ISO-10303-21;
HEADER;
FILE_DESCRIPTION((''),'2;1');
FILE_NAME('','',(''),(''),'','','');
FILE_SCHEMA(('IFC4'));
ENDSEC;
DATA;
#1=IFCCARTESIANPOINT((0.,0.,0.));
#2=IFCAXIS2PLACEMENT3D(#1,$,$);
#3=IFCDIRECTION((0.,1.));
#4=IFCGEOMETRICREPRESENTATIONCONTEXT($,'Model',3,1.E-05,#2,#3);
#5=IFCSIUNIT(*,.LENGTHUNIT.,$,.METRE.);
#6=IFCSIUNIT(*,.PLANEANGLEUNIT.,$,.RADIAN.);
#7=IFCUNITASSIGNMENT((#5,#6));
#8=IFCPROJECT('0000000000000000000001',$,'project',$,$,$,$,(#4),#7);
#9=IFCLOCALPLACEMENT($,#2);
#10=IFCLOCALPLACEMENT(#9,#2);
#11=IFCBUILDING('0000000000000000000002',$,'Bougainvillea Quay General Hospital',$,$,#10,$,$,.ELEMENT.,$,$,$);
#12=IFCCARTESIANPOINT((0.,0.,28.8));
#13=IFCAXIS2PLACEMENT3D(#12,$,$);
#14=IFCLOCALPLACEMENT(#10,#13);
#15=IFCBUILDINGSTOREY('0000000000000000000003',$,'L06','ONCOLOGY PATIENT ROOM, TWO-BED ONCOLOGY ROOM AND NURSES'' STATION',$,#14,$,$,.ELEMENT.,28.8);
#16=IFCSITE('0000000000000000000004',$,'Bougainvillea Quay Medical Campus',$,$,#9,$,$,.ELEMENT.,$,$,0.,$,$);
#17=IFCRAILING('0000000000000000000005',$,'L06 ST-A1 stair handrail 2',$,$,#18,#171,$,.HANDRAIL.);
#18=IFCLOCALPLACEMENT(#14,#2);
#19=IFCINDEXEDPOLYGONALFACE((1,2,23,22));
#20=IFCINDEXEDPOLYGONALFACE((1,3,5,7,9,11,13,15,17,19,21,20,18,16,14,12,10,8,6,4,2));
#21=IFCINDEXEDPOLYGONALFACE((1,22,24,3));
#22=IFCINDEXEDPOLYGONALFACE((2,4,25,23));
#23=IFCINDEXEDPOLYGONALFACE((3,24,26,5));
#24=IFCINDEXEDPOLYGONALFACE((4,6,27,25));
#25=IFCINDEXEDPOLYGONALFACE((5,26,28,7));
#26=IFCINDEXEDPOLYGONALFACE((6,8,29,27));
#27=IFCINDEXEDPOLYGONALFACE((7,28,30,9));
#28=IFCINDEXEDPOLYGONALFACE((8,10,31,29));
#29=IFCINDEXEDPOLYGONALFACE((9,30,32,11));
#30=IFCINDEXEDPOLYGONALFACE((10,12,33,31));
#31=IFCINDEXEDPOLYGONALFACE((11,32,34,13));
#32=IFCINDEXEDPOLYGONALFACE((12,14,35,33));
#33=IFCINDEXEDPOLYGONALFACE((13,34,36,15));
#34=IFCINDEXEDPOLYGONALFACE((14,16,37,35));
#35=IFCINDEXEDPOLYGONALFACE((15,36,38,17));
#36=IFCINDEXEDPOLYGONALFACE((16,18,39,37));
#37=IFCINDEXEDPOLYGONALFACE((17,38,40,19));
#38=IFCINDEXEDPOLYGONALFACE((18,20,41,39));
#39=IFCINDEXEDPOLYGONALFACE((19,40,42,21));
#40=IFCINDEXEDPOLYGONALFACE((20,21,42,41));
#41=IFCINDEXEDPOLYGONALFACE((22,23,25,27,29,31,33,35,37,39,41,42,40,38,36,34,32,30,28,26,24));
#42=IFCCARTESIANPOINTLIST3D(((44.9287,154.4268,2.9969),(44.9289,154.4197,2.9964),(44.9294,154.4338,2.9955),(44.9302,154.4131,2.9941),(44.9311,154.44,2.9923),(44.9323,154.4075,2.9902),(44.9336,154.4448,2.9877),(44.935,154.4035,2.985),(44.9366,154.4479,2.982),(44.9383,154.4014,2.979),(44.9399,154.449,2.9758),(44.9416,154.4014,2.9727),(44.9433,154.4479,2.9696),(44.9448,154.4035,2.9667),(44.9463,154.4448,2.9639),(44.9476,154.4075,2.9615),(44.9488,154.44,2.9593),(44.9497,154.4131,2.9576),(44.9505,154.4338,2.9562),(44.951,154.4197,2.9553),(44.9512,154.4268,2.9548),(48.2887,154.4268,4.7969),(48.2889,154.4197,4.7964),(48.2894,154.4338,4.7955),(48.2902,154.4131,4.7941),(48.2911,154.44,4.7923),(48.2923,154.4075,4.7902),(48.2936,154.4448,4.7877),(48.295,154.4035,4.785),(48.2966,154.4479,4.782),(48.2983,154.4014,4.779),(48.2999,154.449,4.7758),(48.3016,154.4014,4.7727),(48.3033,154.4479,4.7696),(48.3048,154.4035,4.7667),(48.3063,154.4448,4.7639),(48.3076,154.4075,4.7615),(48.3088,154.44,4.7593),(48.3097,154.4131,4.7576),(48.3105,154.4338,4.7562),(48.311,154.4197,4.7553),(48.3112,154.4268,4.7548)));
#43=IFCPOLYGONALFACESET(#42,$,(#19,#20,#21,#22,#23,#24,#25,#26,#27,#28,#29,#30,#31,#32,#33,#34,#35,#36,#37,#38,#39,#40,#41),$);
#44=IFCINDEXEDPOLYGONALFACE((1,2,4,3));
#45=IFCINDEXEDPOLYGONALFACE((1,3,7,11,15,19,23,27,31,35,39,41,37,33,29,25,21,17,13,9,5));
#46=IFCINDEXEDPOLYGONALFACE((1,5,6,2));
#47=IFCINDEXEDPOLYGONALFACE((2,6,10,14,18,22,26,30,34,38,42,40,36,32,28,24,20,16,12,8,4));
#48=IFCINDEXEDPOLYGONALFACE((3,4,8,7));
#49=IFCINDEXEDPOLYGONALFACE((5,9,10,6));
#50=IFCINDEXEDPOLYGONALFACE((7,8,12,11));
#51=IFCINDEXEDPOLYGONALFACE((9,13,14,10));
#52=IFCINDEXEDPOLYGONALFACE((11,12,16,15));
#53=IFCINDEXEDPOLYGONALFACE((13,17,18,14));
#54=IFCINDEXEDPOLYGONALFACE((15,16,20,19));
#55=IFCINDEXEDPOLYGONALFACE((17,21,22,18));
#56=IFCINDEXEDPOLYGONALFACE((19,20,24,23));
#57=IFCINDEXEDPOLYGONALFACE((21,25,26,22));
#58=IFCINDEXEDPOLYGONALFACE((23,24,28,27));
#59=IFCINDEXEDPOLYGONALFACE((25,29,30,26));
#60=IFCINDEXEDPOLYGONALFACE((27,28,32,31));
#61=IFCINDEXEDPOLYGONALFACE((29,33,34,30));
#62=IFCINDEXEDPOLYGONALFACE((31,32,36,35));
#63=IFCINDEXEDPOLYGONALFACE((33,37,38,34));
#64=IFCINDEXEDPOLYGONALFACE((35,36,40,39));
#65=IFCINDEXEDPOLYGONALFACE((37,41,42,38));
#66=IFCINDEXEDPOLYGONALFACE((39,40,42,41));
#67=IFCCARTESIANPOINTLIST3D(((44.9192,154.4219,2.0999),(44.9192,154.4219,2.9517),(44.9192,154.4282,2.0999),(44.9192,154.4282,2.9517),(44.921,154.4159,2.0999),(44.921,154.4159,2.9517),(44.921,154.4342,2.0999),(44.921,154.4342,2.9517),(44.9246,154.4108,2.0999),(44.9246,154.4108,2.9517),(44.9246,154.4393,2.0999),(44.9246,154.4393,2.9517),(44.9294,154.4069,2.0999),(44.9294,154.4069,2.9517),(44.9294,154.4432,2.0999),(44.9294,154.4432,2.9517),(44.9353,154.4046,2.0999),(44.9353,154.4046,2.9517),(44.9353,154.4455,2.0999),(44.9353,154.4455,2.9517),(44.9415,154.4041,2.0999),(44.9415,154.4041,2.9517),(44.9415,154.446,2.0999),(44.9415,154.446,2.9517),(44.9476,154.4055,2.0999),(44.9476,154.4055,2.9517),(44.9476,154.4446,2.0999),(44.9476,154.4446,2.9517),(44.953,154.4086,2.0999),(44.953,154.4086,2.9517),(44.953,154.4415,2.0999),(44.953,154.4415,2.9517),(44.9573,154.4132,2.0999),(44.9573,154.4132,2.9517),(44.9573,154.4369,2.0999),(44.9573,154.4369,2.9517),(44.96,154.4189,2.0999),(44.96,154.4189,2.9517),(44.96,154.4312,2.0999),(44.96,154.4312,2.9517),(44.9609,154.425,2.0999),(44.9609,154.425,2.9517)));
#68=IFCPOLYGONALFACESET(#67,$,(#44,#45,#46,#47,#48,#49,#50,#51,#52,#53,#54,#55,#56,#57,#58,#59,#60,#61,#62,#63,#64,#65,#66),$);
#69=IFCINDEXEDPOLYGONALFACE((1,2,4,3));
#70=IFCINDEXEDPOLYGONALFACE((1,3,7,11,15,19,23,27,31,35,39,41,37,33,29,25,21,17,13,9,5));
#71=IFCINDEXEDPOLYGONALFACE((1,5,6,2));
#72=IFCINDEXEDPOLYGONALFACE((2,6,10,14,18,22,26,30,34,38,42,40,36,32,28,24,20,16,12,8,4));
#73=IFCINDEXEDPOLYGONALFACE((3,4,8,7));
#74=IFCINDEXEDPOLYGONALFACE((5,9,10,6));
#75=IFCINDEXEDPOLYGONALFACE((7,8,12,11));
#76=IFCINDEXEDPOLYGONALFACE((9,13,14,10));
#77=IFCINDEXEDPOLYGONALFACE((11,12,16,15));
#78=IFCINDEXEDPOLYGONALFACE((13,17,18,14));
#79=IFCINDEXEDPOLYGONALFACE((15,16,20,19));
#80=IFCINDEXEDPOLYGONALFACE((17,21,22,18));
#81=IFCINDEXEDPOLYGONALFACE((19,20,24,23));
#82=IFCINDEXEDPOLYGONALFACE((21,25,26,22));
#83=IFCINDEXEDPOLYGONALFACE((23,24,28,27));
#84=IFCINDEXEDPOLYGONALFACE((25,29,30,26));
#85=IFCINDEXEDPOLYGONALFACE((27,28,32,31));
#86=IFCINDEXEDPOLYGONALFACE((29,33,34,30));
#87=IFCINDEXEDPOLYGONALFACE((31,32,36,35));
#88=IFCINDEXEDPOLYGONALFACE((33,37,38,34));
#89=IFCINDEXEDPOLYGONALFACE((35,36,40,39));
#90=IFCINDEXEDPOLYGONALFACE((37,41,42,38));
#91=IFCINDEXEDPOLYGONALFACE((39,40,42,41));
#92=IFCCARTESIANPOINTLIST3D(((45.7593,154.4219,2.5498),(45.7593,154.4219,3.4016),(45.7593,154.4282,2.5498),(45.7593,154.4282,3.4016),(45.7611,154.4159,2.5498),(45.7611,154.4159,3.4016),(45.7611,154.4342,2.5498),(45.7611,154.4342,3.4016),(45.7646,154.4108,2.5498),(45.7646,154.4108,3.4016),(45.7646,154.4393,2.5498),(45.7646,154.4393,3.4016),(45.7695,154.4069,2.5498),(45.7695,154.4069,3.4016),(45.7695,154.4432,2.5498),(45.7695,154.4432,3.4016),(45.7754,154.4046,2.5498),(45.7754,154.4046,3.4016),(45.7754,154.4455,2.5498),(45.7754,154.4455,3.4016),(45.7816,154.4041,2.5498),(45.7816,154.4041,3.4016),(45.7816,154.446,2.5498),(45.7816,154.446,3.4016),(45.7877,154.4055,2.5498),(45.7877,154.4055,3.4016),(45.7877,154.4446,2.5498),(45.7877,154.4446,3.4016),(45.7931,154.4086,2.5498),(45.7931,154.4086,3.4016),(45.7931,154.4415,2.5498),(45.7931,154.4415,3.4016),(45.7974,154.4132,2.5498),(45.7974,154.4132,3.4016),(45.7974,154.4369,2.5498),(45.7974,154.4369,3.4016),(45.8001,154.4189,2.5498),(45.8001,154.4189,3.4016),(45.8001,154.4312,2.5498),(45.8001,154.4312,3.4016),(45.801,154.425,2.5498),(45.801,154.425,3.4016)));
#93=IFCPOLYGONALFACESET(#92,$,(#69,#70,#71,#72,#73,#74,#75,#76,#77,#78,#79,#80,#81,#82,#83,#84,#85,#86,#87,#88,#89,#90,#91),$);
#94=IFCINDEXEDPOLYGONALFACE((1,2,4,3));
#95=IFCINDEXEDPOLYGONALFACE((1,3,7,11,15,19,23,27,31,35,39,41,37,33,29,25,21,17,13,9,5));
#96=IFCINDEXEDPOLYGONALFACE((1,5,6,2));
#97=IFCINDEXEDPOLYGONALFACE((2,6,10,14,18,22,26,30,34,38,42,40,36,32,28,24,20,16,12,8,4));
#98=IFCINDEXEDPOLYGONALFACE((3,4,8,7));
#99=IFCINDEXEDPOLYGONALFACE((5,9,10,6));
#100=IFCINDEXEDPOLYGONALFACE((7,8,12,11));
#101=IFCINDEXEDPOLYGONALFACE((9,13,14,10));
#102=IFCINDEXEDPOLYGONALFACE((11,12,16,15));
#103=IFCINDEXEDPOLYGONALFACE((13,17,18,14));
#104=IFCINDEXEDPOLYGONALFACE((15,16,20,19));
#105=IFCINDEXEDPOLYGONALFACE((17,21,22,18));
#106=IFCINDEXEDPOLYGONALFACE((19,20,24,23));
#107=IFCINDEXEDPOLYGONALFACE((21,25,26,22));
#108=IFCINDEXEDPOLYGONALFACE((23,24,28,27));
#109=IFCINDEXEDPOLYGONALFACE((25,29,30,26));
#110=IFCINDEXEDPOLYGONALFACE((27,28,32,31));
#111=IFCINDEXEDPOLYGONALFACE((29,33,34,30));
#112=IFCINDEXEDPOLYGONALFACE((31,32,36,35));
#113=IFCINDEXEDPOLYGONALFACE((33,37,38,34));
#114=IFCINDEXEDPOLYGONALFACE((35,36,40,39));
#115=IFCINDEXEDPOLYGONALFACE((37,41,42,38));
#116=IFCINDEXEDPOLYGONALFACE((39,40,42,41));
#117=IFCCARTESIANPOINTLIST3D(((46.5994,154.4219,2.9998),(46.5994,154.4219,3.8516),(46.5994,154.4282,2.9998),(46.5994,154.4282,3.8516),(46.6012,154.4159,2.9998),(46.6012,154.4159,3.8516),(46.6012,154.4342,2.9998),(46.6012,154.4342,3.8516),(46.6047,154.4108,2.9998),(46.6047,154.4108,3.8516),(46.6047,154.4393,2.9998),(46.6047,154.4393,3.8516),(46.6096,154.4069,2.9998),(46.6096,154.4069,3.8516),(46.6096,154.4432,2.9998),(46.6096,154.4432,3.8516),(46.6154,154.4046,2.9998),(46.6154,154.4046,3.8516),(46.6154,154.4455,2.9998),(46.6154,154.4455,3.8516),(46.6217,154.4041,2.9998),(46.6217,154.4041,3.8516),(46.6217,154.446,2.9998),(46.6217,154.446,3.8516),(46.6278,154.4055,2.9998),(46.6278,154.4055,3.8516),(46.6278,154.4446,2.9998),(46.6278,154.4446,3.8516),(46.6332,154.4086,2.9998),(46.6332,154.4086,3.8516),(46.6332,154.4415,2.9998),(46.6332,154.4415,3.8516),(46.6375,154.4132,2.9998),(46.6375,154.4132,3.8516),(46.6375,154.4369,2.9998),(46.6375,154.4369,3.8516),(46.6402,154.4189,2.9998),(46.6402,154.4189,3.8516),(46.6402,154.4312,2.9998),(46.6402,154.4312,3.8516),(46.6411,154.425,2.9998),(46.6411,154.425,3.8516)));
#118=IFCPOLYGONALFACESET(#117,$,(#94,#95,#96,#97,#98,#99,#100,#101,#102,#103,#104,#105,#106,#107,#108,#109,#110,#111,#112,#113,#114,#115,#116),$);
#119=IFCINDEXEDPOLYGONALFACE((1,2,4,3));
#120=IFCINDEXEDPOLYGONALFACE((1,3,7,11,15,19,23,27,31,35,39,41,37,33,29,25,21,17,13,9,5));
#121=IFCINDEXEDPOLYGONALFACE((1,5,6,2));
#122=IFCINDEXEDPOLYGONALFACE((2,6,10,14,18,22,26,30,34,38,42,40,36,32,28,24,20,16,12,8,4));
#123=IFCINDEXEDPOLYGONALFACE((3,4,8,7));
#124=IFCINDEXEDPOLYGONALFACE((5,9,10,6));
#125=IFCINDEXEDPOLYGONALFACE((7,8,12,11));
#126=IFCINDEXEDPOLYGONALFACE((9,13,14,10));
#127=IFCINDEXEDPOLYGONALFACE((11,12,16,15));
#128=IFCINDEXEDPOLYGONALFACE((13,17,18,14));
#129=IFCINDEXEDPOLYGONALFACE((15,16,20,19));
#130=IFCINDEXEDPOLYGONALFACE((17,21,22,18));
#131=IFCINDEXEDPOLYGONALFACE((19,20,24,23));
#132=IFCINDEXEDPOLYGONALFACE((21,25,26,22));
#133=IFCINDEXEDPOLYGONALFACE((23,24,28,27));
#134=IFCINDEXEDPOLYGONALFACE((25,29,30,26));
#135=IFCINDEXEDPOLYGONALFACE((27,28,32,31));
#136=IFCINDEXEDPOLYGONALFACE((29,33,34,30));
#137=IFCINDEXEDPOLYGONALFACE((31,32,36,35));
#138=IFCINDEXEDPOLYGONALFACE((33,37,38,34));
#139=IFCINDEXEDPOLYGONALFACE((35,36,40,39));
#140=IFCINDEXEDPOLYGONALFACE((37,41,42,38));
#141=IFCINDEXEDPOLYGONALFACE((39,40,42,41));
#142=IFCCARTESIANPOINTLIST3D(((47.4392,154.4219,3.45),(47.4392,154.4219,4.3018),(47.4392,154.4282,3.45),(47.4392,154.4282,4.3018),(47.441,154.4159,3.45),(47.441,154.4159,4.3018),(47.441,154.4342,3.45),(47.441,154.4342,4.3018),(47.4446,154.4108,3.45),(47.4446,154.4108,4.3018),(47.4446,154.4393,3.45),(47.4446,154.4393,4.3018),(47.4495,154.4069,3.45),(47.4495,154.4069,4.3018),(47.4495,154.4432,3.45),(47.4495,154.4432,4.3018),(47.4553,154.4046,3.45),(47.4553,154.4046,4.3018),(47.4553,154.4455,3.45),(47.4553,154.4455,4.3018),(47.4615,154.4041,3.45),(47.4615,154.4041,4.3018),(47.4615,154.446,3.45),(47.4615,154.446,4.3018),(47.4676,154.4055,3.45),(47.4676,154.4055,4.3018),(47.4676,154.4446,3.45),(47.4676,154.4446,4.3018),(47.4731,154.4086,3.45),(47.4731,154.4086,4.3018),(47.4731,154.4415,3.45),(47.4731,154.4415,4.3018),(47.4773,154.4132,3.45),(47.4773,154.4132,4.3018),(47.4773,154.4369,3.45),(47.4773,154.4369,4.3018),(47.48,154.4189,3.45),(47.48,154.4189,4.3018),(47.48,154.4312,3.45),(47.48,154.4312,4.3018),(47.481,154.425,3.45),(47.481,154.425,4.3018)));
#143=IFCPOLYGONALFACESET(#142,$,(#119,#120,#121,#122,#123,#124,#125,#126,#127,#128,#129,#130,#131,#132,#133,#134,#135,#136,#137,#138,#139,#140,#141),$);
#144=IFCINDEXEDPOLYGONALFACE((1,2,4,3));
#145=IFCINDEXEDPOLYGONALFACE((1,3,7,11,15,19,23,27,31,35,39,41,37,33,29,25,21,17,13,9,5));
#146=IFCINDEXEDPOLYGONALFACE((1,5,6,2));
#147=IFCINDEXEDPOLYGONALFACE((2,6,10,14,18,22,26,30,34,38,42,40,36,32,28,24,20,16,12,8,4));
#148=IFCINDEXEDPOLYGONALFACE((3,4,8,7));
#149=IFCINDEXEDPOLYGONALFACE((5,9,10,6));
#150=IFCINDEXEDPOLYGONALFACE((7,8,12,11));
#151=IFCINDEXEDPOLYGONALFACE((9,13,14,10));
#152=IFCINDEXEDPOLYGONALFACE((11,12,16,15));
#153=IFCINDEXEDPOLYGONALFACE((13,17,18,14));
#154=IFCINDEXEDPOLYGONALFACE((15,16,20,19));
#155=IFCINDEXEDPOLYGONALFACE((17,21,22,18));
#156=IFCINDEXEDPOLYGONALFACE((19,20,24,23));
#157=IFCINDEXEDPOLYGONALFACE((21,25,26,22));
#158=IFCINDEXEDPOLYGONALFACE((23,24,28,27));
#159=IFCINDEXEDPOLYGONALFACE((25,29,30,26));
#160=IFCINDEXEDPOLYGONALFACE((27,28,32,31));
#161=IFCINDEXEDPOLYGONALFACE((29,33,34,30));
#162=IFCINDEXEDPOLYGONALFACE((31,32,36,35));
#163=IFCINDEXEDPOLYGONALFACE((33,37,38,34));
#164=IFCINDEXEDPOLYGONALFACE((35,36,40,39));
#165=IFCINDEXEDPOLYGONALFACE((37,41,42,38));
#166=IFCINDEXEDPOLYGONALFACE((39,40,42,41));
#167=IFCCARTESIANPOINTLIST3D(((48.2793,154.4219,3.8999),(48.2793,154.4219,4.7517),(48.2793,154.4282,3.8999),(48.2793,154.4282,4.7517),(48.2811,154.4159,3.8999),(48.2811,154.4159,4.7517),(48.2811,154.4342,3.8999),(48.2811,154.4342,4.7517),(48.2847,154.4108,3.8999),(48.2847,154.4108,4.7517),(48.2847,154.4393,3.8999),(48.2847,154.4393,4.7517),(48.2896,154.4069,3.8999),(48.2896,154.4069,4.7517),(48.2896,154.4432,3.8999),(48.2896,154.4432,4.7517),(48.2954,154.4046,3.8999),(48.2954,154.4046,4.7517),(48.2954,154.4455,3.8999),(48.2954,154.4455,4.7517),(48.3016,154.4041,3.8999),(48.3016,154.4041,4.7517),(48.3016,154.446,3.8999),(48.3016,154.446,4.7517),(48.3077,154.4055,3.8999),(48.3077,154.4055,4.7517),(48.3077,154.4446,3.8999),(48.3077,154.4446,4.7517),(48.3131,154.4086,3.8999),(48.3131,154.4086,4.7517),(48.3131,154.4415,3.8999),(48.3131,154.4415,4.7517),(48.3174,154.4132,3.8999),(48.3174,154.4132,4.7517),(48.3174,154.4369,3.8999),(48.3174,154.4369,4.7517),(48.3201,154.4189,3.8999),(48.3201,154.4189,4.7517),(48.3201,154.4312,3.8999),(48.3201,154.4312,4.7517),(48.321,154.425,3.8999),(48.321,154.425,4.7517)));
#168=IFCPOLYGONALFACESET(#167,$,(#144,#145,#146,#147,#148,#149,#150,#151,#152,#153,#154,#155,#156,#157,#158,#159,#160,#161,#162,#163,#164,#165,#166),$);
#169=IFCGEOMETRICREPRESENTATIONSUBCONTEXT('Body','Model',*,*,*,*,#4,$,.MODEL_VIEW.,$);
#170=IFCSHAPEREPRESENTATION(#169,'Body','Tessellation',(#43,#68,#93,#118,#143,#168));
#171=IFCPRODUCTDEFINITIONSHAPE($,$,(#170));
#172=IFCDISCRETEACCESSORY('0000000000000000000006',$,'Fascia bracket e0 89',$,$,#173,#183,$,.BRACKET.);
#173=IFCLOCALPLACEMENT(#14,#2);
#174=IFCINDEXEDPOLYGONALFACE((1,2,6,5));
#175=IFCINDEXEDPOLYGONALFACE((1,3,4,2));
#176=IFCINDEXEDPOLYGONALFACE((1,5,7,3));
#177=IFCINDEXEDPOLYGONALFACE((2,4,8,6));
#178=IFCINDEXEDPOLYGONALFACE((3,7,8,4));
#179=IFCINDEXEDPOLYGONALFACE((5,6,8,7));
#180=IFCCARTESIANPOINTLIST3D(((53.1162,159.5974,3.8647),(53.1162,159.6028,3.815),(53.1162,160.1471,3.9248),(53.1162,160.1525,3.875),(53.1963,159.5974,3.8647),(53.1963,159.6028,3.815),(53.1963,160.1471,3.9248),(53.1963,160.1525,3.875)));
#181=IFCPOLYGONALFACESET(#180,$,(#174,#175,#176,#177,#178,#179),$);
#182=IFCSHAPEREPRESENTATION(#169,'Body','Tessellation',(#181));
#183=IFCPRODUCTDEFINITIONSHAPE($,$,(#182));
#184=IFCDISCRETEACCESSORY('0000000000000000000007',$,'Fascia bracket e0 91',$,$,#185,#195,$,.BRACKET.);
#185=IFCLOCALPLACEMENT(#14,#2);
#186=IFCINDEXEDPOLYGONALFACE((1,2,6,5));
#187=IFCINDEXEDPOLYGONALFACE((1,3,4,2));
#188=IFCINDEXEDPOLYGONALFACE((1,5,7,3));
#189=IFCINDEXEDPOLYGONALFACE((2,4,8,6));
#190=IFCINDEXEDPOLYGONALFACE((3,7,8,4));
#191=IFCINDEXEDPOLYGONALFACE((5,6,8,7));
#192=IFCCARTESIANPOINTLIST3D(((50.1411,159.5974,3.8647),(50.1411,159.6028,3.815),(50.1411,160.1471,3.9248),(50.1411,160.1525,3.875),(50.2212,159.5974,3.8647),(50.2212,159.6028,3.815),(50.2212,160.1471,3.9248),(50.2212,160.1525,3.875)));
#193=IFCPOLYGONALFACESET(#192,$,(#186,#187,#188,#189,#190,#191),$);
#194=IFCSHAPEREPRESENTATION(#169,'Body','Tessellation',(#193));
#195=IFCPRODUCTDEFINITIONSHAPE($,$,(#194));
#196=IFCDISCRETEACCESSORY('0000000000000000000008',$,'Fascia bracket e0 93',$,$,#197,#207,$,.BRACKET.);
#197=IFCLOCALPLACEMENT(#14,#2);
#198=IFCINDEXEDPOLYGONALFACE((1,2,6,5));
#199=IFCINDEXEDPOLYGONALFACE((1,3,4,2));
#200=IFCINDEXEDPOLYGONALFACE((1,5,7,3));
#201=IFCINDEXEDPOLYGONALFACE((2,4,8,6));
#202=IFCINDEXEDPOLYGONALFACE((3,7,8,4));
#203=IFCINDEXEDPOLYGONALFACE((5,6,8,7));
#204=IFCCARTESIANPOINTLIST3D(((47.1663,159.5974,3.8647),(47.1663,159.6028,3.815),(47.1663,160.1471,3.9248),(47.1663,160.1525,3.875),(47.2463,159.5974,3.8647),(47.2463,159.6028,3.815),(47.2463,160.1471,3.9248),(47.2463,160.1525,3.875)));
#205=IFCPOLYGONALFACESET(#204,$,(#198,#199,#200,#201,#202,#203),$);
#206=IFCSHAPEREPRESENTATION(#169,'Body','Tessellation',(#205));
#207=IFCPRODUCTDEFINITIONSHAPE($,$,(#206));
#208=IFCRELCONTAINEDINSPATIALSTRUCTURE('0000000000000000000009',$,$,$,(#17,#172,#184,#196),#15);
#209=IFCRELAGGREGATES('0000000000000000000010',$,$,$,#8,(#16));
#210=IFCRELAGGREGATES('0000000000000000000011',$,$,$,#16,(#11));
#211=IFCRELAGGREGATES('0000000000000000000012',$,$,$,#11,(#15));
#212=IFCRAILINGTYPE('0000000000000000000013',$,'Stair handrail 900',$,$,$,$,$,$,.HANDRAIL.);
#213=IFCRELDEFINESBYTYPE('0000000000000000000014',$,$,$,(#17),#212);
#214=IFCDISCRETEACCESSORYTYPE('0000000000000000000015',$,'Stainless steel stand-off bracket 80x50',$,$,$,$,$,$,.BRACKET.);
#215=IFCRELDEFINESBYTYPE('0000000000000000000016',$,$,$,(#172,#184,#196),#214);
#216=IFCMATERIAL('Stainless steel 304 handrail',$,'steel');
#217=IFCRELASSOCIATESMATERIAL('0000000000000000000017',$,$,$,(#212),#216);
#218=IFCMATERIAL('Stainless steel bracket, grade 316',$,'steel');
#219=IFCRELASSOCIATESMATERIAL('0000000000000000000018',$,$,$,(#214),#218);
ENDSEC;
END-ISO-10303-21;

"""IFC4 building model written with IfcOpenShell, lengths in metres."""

from ifc_helpers import new_model, si_unit, direction, frame, origin, origin_2d, place, context, subcontext, project, spatial, rectangle, circle, extrude, material, material_profile, profile_set, type_object, element, save


model = new_model("IFC4")

# Units and contexts
model_context = context("Model", 3, precision=1e-05, world=origin(), true_north=direction((0.0, 1.0)))
body_context = subcontext(model_context, "Body", "Model", "MODEL_VIEW")
ifc_project = project(units=[si_unit("LENGTHUNIT", "METRE"), si_unit("PLANEANGLEUNIT", "RADIAN")], contexts=[model_context])

# Site, building, storey
site_placement = place(None, origin())
site = spatial("IfcSite", under=ifc_project, at=site_placement, Name="Bougainvillea Quay Medical Campus", CompositionType="ELEMENT", RefElevation=0.0)
building_placement = place(site_placement, origin())
building = spatial("IfcBuilding", under=site, at=building_placement, Name="Bougainvillea Quay General Hospital", CompositionType="ELEMENT")
storey_placement = place(building_placement, frame((0.0, 0.0, 28.8)))
storey = spatial("IfcBuildingStorey", under=building, at=storey_placement, Name="L06", Description="ONCOLOGY PATIENT ROOM, TWO-BED ONCOLOGY ROOM AND NURSES' STATION", CompositionType="ELEMENT", Elevation=28.8)

# Railing
ifc_material_1 = material(Name="Stainless steel 304 handrail", Category="steel")
railing_type_1 = type_object("IfcRailingType", Name="Stair handrail 900", PredefinedType="HANDRAIL", material=ifc_material_1)
railing_1_placement = place(storey_placement, frame((44.9399, 154.425, 2.0999)))
element("IfcRailing", 1, at=railing_1_placement, inside=storey, type_object=railing_type_1, Name="L06 ST-A1 stair handrail 2", PredefinedType="HANDRAIL", context=body_context, shape_type="SweptSolid", body=[
    extrude(circle(Radius=0.0239, at=origin_2d()), frame((0.0, 0.0, 0.876), z_axis=(0.881481, 0.0, 0.47222), x_axis=(0.0, 1.0, 0.0)), (0.0, 0.0, 1.0), 3.8118),
    extrude(circle(Radius=0.021, at=origin_2d()), origin(), (0.0, 0.0, 1.0), 0.8518),
    extrude(circle(Radius=0.021, at=origin_2d()), frame((0.8401, 0.0, 0.45)), (0.0, 0.0, 1.0), 0.8518),
    extrude(circle(Radius=0.021, at=origin_2d()), frame((1.6802, 0.0, 0.8999)), (0.0, 0.0, 1.0), 0.8518),
    extrude(circle(Radius=0.021, at=origin_2d()), frame((2.52, 0.0, 1.3501)), (0.0, 0.0, 1.0), 0.8518),
    extrude(circle(Radius=0.021, at=origin_2d()), frame((3.3601, 0.0, 1.8)), (0.0, 0.0, 1.0), 0.8518),
])

# Discrete accessories
ifc_material_2 = material(Name="Stainless steel bracket, grade 316", Category="steel")
ifc_material_profile_1 = material_profile(ifc_material_2, rectangle(XDim=0.0801, YDim=0.05, at=origin_2d()))
ifc_profile_set_1 = profile_set([ifc_material_profile_1], Name="Stainless steel bracket, grade 316")
discrete_accessory_type = type_object("IfcDiscreteAccessoryType", Name="Stainless steel stand-off bracket 80x50", PredefinedType="BRACKET", material=ifc_profile_set_1)
for number, where, z_axis, x_axis, name in (
    (2, (53.1562, 159.6001, 3.8398), (0.0, 0.994087, 0.10859), (-1.0, 0.0, 0.0), "Fascia bracket e0 89"),
    (3, (50.1812, 159.6001, 3.8398), (0.0, 0.994087, 0.10859), (-1.0, 0.0, 0.0), "Fascia bracket e0 91"),
    (4, (47.2063, 159.6001, 3.8398), (0.0, 0.994087, 0.10859), (-1.0, 0.0, 0.0), "Fascia bracket e0 93"),
):
    element("IfcDiscreteAccessory", number, at=place(storey_placement, frame(where, z_axis=z_axis, x_axis=x_axis)), inside=storey, type_object=discrete_accessory_type, Name=name, PredefinedType="BRACKET", context=body_context, shape_type="SweptSolid", body=[
        extrude(rectangle(XDim=0.0801, YDim=0.05, at=origin_2d()), origin(), (0.0, 0.0, 1.0), 0.553),
    ])

save(model, "model.ifc")
